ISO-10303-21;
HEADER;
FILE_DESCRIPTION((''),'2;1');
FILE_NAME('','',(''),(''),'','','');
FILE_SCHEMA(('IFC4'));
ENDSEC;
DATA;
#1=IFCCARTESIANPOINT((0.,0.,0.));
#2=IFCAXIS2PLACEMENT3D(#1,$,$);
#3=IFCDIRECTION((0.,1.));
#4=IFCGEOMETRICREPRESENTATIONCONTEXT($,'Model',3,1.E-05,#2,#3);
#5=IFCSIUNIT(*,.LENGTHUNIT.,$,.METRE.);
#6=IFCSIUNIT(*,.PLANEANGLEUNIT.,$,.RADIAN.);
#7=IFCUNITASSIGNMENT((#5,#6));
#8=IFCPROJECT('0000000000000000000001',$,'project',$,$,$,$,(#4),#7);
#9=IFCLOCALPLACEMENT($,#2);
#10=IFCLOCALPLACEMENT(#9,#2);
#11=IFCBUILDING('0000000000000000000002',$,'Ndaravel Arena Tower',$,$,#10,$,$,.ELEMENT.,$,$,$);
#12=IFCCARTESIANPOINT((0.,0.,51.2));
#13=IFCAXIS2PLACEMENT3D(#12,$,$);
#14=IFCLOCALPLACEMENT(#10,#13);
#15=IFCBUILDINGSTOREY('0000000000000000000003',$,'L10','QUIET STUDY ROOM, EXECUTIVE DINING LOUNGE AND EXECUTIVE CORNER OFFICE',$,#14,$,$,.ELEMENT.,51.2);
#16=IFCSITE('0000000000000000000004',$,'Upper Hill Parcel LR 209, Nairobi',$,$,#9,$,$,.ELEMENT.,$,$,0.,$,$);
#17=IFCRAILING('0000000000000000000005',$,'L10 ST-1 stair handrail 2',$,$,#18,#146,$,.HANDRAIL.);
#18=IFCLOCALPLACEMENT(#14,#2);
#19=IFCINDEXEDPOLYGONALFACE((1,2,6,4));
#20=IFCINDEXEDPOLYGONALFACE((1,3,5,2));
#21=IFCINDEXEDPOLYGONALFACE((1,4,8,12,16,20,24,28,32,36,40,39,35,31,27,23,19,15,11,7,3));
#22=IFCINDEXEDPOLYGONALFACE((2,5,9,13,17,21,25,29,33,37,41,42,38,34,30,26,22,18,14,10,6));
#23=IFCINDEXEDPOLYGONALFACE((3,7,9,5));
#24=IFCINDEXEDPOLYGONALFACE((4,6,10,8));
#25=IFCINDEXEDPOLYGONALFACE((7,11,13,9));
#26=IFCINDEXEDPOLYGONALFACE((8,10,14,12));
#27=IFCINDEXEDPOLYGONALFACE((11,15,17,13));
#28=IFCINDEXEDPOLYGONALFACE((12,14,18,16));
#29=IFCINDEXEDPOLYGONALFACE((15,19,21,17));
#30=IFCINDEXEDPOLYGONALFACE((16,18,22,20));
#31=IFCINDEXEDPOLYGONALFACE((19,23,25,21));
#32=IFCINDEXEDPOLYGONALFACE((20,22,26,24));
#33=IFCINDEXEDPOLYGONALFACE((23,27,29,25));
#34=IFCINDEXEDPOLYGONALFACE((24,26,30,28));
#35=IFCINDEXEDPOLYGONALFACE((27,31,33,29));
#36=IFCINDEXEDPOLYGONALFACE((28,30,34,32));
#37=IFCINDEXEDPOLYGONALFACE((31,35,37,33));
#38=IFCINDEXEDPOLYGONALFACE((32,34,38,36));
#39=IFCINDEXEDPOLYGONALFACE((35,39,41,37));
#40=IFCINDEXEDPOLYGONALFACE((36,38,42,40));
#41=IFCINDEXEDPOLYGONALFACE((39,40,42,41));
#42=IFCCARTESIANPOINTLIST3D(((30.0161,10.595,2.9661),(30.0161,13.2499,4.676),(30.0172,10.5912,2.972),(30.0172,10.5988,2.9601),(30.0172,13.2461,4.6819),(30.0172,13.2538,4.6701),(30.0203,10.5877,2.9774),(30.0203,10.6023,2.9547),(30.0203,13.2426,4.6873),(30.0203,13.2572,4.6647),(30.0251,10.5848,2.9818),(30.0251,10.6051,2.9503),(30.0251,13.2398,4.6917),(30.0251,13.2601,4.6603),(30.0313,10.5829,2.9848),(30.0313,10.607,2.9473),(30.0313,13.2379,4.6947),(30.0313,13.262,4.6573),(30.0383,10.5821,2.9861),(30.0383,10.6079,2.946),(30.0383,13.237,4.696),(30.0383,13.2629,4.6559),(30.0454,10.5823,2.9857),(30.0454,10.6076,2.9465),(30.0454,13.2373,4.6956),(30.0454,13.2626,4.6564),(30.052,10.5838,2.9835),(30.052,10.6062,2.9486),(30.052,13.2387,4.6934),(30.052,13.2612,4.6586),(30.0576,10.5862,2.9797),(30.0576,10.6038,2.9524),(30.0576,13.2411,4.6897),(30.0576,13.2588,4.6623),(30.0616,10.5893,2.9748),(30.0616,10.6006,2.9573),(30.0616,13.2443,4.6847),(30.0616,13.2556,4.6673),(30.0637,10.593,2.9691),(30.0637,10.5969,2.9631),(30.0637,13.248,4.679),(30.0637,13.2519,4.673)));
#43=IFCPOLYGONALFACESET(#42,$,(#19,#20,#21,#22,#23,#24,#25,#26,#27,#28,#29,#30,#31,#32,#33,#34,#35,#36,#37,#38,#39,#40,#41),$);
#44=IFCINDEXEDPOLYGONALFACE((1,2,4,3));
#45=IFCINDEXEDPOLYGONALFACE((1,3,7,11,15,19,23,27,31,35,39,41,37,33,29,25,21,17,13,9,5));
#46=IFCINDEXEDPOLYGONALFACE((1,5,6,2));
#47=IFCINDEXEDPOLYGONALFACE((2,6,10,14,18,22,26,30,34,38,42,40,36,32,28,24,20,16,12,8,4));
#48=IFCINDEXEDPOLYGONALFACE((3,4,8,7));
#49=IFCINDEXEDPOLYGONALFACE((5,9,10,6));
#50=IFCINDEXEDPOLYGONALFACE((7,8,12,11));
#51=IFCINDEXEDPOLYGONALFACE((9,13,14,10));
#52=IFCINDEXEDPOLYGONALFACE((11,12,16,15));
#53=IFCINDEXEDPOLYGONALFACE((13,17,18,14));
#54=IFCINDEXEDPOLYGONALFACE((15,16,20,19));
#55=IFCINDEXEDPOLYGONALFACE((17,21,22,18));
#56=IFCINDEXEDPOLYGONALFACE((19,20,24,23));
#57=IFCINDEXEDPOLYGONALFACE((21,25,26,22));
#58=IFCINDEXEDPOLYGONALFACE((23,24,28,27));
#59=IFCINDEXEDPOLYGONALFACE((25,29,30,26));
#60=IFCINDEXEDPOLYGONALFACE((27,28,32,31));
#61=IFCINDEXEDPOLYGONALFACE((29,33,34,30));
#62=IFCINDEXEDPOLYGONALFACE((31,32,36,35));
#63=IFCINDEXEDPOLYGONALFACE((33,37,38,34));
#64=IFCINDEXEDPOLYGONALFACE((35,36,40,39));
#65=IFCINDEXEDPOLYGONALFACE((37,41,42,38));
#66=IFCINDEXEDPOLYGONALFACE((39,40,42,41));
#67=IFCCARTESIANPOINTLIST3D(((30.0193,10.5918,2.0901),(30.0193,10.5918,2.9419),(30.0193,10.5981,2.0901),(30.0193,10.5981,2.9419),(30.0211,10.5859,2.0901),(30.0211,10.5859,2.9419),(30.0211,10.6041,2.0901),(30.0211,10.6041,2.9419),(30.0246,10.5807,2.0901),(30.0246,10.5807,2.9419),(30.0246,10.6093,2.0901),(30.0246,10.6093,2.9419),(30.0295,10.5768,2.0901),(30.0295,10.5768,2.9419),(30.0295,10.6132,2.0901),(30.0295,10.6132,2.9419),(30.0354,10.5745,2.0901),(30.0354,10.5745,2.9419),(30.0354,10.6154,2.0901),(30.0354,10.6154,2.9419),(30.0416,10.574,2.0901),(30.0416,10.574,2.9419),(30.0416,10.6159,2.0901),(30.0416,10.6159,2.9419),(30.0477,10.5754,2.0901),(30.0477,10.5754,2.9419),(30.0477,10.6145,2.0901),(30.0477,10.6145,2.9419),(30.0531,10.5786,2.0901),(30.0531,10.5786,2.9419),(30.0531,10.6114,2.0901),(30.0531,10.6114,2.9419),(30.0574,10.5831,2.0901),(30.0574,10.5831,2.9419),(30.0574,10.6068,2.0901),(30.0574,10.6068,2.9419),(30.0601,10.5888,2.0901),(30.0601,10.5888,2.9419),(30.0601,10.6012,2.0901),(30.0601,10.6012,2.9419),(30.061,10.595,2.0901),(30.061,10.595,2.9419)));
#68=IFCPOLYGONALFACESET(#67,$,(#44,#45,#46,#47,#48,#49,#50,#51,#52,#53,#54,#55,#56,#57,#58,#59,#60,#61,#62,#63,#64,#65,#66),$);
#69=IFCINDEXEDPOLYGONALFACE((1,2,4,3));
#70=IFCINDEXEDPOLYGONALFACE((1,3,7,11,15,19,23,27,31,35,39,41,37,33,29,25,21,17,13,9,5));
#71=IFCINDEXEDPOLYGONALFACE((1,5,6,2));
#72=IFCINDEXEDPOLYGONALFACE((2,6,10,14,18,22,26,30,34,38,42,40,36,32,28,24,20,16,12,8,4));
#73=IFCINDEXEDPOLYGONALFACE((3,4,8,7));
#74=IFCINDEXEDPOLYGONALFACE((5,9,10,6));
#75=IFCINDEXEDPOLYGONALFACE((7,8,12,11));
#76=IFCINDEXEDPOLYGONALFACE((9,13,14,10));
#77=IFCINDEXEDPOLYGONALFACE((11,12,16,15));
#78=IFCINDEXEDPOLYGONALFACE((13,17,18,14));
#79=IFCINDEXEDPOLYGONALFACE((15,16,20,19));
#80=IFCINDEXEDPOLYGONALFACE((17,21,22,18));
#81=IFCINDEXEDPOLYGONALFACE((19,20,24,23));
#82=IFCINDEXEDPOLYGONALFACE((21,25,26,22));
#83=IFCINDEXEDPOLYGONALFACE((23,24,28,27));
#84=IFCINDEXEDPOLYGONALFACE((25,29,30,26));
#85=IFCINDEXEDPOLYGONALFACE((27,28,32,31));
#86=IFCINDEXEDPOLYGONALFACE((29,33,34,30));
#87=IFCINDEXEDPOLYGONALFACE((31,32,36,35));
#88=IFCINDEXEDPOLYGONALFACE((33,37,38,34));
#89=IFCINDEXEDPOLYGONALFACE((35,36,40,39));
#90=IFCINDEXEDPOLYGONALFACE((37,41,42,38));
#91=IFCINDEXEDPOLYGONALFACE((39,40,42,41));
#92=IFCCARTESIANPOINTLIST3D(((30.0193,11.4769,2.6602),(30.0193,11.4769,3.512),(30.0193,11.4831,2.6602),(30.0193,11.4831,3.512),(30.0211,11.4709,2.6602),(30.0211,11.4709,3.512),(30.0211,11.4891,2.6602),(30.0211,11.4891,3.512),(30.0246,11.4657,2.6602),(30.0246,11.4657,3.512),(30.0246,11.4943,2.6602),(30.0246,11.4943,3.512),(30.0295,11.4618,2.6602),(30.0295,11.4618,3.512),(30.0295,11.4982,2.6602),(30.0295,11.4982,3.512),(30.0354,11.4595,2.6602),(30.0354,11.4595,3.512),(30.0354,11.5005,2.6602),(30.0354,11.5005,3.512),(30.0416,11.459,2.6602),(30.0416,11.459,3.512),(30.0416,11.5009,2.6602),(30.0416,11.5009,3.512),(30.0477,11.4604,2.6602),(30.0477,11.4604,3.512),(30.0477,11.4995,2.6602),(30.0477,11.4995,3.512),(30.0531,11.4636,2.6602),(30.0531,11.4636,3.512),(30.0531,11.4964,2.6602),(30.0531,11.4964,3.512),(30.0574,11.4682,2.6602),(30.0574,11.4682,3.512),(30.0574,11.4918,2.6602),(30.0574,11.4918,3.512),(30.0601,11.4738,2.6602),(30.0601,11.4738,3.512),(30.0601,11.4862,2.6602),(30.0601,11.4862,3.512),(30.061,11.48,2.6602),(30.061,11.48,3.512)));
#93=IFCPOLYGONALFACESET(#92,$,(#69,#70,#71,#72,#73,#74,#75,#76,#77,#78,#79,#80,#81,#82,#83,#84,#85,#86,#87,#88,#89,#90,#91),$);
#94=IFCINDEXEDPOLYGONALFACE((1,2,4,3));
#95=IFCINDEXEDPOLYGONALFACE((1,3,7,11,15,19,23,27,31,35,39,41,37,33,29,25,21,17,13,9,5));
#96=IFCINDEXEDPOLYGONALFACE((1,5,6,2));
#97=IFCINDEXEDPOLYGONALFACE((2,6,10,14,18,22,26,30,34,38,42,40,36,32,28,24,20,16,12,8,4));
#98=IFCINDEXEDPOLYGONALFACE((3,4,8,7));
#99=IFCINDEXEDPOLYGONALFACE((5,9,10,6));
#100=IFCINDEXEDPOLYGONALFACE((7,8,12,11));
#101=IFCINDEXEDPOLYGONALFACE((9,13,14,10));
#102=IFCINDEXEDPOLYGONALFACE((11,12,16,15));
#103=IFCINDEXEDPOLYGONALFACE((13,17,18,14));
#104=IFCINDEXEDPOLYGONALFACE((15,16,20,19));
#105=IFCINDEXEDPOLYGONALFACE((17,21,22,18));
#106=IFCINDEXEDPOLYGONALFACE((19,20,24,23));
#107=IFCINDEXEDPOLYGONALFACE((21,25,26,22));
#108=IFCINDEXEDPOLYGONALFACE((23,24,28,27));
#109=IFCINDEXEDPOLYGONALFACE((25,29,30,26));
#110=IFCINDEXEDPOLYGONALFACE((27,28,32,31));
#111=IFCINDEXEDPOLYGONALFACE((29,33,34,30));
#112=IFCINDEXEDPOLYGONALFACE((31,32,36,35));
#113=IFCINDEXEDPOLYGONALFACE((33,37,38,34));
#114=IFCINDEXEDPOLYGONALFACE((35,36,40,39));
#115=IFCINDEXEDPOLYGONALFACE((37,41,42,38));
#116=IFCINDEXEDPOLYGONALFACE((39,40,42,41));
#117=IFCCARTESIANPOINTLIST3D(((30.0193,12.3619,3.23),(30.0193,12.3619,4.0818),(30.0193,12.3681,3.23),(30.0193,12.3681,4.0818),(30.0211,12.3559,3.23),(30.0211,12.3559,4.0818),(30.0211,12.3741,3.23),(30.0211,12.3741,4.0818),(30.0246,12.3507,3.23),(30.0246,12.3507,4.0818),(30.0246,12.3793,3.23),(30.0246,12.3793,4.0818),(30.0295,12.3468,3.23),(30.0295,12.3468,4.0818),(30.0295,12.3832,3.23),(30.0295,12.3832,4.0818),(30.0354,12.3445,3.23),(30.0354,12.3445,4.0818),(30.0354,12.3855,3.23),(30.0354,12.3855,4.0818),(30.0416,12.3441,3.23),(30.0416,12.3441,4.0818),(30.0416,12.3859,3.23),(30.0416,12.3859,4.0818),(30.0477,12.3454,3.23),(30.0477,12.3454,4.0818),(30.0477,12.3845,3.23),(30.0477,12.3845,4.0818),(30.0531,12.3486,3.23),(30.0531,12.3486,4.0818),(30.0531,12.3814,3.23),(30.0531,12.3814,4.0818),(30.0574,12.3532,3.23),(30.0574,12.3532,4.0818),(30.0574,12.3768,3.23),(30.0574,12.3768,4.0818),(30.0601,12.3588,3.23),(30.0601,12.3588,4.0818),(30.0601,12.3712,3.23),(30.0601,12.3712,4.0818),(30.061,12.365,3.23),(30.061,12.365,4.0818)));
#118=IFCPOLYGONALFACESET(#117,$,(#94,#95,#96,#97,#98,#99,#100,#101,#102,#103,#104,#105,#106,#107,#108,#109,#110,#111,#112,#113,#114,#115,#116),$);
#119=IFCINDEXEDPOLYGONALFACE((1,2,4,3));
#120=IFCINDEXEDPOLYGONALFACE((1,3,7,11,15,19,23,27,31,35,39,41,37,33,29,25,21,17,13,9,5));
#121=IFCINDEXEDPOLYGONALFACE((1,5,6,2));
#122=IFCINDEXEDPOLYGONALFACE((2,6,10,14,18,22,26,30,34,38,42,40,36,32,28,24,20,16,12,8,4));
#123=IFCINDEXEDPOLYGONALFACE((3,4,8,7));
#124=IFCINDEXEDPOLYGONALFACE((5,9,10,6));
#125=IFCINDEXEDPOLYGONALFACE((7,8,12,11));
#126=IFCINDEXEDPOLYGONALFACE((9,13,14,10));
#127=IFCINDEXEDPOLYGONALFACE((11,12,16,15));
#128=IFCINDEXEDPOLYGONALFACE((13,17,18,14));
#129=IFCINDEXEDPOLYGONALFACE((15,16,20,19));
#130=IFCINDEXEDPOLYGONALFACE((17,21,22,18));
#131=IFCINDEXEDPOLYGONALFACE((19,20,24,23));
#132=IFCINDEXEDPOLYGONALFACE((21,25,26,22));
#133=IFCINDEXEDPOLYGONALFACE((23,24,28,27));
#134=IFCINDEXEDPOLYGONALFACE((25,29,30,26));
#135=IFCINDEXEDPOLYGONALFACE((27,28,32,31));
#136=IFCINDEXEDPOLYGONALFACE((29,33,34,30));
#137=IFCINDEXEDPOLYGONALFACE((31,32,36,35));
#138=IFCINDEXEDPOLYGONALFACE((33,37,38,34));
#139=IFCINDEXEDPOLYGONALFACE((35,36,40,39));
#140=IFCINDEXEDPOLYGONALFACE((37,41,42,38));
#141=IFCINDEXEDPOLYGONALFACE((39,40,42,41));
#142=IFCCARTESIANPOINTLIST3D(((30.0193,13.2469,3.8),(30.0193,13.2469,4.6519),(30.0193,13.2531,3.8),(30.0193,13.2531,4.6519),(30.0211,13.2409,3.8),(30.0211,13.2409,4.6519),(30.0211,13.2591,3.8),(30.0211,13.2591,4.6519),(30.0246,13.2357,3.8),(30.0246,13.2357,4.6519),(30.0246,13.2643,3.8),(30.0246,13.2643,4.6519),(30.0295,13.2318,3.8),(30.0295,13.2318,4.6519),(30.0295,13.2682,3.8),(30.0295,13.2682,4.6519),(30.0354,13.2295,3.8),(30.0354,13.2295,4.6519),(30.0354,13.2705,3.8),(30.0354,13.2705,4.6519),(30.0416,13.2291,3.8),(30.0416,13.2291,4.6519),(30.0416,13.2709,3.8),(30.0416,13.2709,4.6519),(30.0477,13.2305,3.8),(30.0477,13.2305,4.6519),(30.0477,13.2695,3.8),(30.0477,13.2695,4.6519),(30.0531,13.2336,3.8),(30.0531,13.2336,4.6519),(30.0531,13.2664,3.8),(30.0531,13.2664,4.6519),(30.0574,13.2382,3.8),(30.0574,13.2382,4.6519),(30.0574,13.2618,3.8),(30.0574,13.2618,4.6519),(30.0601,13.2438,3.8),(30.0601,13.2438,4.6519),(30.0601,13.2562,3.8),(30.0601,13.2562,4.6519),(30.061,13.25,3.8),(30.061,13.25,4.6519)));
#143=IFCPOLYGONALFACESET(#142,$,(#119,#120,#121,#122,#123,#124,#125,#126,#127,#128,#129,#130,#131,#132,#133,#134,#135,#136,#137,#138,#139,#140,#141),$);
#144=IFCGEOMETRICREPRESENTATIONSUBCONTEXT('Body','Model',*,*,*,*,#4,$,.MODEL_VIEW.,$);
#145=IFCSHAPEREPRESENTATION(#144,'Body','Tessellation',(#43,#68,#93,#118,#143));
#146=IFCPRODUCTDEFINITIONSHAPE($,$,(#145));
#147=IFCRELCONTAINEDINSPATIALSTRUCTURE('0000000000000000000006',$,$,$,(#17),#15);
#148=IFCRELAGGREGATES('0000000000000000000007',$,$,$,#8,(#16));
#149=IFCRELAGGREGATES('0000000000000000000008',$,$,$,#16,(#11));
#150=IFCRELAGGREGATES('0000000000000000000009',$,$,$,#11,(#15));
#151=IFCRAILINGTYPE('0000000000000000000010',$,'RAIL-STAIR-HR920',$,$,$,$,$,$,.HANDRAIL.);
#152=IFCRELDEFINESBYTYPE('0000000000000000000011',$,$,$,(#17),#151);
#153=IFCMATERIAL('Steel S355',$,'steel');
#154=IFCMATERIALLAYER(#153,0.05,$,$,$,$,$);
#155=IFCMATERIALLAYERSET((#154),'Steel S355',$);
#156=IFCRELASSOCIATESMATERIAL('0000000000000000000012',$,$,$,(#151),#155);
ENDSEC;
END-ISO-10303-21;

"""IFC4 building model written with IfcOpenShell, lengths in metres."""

from ifc_helpers import new_model, si_unit, direction, frame, origin, origin_2d, place, context, subcontext, project, spatial, circle, extrude, material, layer, layer_set, type_object, element, save


model = new_model("IFC4")

# Units and contexts
model_context = context("Model", 3, precision=1e-05, world=origin(), true_north=direction((0.0, 1.0)))
body_context = subcontext(model_context, "Body", "Model", "MODEL_VIEW")
ifc_project = project(units=[si_unit("LENGTHUNIT", "METRE"), si_unit("PLANEANGLEUNIT", "RADIAN")], contexts=[model_context])

# Site, building, storey
site_placement = place(None, origin())
site = spatial("IfcSite", under=ifc_project, at=site_placement, Name="Upper Hill Parcel LR 209, Nairobi", CompositionType="ELEMENT", RefElevation=0.0)
building_placement = place(site_placement, origin())
building = spatial("IfcBuilding", under=site, at=building_placement, Name="Ndaravel Arena Tower", CompositionType="ELEMENT")
storey_placement = place(building_placement, frame((0.0, 0.0, 51.2)))
storey = spatial("IfcBuildingStorey", under=building, at=storey_placement, Name="L10", Description="QUIET STUDY ROOM, EXECUTIVE DINING LOUNGE AND EXECUTIVE CORNER OFFICE", CompositionType="ELEMENT", Elevation=51.2)

# Railing
ifc_material_1 = material(Name="Steel S355", Category="steel")
ifc_layer_1 = layer(ifc_material_1, 0.05)
ifc_layer_set_1 = layer_set([ifc_layer_1], Name="Steel S355")
railing_type_1 = type_object("IfcRailingType", Name="RAIL-STAIR-HR920", PredefinedType="HANDRAIL", material=ifc_layer_set_1)
railing_1_placement = place(storey_placement, frame((30.04, 10.595, 2.0901)))
element("IfcRailing", 1, at=railing_1_placement, inside=storey, type_object=railing_type_1, Name="L10 ST-1 stair handrail 2", PredefinedType="HANDRAIL", context=body_context, shape_type="SweptSolid", body=[
    extrude(circle(Radius=0.0239, at=origin_2d()), frame((0.0, 0.0, 0.876), z_axis=(0.0, 0.840724, 0.541465), x_axis=(-1.0, 0.0, 0.0)), (0.0, 0.0, 1.0), 3.158),
    extrude(circle(Radius=0.021, at=origin_2d()), origin(), (0.0, 0.0, 1.0), 0.8518),
    extrude(circle(Radius=0.021, at=origin_2d()), frame((0.0, 0.885, 0.5701)), (0.0, 0.0, 1.0), 0.8518),
    extrude(circle(Radius=0.021, at=origin_2d()), frame((0.0, 1.77, 1.1399)), (0.0, 0.0, 1.0), 0.8518),
    extrude(circle(Radius=0.021, at=origin_2d()), frame((0.0, 2.655, 1.71)), (0.0, 0.0, 1.0), 0.8518),
])

save(model, "model.ifc")
